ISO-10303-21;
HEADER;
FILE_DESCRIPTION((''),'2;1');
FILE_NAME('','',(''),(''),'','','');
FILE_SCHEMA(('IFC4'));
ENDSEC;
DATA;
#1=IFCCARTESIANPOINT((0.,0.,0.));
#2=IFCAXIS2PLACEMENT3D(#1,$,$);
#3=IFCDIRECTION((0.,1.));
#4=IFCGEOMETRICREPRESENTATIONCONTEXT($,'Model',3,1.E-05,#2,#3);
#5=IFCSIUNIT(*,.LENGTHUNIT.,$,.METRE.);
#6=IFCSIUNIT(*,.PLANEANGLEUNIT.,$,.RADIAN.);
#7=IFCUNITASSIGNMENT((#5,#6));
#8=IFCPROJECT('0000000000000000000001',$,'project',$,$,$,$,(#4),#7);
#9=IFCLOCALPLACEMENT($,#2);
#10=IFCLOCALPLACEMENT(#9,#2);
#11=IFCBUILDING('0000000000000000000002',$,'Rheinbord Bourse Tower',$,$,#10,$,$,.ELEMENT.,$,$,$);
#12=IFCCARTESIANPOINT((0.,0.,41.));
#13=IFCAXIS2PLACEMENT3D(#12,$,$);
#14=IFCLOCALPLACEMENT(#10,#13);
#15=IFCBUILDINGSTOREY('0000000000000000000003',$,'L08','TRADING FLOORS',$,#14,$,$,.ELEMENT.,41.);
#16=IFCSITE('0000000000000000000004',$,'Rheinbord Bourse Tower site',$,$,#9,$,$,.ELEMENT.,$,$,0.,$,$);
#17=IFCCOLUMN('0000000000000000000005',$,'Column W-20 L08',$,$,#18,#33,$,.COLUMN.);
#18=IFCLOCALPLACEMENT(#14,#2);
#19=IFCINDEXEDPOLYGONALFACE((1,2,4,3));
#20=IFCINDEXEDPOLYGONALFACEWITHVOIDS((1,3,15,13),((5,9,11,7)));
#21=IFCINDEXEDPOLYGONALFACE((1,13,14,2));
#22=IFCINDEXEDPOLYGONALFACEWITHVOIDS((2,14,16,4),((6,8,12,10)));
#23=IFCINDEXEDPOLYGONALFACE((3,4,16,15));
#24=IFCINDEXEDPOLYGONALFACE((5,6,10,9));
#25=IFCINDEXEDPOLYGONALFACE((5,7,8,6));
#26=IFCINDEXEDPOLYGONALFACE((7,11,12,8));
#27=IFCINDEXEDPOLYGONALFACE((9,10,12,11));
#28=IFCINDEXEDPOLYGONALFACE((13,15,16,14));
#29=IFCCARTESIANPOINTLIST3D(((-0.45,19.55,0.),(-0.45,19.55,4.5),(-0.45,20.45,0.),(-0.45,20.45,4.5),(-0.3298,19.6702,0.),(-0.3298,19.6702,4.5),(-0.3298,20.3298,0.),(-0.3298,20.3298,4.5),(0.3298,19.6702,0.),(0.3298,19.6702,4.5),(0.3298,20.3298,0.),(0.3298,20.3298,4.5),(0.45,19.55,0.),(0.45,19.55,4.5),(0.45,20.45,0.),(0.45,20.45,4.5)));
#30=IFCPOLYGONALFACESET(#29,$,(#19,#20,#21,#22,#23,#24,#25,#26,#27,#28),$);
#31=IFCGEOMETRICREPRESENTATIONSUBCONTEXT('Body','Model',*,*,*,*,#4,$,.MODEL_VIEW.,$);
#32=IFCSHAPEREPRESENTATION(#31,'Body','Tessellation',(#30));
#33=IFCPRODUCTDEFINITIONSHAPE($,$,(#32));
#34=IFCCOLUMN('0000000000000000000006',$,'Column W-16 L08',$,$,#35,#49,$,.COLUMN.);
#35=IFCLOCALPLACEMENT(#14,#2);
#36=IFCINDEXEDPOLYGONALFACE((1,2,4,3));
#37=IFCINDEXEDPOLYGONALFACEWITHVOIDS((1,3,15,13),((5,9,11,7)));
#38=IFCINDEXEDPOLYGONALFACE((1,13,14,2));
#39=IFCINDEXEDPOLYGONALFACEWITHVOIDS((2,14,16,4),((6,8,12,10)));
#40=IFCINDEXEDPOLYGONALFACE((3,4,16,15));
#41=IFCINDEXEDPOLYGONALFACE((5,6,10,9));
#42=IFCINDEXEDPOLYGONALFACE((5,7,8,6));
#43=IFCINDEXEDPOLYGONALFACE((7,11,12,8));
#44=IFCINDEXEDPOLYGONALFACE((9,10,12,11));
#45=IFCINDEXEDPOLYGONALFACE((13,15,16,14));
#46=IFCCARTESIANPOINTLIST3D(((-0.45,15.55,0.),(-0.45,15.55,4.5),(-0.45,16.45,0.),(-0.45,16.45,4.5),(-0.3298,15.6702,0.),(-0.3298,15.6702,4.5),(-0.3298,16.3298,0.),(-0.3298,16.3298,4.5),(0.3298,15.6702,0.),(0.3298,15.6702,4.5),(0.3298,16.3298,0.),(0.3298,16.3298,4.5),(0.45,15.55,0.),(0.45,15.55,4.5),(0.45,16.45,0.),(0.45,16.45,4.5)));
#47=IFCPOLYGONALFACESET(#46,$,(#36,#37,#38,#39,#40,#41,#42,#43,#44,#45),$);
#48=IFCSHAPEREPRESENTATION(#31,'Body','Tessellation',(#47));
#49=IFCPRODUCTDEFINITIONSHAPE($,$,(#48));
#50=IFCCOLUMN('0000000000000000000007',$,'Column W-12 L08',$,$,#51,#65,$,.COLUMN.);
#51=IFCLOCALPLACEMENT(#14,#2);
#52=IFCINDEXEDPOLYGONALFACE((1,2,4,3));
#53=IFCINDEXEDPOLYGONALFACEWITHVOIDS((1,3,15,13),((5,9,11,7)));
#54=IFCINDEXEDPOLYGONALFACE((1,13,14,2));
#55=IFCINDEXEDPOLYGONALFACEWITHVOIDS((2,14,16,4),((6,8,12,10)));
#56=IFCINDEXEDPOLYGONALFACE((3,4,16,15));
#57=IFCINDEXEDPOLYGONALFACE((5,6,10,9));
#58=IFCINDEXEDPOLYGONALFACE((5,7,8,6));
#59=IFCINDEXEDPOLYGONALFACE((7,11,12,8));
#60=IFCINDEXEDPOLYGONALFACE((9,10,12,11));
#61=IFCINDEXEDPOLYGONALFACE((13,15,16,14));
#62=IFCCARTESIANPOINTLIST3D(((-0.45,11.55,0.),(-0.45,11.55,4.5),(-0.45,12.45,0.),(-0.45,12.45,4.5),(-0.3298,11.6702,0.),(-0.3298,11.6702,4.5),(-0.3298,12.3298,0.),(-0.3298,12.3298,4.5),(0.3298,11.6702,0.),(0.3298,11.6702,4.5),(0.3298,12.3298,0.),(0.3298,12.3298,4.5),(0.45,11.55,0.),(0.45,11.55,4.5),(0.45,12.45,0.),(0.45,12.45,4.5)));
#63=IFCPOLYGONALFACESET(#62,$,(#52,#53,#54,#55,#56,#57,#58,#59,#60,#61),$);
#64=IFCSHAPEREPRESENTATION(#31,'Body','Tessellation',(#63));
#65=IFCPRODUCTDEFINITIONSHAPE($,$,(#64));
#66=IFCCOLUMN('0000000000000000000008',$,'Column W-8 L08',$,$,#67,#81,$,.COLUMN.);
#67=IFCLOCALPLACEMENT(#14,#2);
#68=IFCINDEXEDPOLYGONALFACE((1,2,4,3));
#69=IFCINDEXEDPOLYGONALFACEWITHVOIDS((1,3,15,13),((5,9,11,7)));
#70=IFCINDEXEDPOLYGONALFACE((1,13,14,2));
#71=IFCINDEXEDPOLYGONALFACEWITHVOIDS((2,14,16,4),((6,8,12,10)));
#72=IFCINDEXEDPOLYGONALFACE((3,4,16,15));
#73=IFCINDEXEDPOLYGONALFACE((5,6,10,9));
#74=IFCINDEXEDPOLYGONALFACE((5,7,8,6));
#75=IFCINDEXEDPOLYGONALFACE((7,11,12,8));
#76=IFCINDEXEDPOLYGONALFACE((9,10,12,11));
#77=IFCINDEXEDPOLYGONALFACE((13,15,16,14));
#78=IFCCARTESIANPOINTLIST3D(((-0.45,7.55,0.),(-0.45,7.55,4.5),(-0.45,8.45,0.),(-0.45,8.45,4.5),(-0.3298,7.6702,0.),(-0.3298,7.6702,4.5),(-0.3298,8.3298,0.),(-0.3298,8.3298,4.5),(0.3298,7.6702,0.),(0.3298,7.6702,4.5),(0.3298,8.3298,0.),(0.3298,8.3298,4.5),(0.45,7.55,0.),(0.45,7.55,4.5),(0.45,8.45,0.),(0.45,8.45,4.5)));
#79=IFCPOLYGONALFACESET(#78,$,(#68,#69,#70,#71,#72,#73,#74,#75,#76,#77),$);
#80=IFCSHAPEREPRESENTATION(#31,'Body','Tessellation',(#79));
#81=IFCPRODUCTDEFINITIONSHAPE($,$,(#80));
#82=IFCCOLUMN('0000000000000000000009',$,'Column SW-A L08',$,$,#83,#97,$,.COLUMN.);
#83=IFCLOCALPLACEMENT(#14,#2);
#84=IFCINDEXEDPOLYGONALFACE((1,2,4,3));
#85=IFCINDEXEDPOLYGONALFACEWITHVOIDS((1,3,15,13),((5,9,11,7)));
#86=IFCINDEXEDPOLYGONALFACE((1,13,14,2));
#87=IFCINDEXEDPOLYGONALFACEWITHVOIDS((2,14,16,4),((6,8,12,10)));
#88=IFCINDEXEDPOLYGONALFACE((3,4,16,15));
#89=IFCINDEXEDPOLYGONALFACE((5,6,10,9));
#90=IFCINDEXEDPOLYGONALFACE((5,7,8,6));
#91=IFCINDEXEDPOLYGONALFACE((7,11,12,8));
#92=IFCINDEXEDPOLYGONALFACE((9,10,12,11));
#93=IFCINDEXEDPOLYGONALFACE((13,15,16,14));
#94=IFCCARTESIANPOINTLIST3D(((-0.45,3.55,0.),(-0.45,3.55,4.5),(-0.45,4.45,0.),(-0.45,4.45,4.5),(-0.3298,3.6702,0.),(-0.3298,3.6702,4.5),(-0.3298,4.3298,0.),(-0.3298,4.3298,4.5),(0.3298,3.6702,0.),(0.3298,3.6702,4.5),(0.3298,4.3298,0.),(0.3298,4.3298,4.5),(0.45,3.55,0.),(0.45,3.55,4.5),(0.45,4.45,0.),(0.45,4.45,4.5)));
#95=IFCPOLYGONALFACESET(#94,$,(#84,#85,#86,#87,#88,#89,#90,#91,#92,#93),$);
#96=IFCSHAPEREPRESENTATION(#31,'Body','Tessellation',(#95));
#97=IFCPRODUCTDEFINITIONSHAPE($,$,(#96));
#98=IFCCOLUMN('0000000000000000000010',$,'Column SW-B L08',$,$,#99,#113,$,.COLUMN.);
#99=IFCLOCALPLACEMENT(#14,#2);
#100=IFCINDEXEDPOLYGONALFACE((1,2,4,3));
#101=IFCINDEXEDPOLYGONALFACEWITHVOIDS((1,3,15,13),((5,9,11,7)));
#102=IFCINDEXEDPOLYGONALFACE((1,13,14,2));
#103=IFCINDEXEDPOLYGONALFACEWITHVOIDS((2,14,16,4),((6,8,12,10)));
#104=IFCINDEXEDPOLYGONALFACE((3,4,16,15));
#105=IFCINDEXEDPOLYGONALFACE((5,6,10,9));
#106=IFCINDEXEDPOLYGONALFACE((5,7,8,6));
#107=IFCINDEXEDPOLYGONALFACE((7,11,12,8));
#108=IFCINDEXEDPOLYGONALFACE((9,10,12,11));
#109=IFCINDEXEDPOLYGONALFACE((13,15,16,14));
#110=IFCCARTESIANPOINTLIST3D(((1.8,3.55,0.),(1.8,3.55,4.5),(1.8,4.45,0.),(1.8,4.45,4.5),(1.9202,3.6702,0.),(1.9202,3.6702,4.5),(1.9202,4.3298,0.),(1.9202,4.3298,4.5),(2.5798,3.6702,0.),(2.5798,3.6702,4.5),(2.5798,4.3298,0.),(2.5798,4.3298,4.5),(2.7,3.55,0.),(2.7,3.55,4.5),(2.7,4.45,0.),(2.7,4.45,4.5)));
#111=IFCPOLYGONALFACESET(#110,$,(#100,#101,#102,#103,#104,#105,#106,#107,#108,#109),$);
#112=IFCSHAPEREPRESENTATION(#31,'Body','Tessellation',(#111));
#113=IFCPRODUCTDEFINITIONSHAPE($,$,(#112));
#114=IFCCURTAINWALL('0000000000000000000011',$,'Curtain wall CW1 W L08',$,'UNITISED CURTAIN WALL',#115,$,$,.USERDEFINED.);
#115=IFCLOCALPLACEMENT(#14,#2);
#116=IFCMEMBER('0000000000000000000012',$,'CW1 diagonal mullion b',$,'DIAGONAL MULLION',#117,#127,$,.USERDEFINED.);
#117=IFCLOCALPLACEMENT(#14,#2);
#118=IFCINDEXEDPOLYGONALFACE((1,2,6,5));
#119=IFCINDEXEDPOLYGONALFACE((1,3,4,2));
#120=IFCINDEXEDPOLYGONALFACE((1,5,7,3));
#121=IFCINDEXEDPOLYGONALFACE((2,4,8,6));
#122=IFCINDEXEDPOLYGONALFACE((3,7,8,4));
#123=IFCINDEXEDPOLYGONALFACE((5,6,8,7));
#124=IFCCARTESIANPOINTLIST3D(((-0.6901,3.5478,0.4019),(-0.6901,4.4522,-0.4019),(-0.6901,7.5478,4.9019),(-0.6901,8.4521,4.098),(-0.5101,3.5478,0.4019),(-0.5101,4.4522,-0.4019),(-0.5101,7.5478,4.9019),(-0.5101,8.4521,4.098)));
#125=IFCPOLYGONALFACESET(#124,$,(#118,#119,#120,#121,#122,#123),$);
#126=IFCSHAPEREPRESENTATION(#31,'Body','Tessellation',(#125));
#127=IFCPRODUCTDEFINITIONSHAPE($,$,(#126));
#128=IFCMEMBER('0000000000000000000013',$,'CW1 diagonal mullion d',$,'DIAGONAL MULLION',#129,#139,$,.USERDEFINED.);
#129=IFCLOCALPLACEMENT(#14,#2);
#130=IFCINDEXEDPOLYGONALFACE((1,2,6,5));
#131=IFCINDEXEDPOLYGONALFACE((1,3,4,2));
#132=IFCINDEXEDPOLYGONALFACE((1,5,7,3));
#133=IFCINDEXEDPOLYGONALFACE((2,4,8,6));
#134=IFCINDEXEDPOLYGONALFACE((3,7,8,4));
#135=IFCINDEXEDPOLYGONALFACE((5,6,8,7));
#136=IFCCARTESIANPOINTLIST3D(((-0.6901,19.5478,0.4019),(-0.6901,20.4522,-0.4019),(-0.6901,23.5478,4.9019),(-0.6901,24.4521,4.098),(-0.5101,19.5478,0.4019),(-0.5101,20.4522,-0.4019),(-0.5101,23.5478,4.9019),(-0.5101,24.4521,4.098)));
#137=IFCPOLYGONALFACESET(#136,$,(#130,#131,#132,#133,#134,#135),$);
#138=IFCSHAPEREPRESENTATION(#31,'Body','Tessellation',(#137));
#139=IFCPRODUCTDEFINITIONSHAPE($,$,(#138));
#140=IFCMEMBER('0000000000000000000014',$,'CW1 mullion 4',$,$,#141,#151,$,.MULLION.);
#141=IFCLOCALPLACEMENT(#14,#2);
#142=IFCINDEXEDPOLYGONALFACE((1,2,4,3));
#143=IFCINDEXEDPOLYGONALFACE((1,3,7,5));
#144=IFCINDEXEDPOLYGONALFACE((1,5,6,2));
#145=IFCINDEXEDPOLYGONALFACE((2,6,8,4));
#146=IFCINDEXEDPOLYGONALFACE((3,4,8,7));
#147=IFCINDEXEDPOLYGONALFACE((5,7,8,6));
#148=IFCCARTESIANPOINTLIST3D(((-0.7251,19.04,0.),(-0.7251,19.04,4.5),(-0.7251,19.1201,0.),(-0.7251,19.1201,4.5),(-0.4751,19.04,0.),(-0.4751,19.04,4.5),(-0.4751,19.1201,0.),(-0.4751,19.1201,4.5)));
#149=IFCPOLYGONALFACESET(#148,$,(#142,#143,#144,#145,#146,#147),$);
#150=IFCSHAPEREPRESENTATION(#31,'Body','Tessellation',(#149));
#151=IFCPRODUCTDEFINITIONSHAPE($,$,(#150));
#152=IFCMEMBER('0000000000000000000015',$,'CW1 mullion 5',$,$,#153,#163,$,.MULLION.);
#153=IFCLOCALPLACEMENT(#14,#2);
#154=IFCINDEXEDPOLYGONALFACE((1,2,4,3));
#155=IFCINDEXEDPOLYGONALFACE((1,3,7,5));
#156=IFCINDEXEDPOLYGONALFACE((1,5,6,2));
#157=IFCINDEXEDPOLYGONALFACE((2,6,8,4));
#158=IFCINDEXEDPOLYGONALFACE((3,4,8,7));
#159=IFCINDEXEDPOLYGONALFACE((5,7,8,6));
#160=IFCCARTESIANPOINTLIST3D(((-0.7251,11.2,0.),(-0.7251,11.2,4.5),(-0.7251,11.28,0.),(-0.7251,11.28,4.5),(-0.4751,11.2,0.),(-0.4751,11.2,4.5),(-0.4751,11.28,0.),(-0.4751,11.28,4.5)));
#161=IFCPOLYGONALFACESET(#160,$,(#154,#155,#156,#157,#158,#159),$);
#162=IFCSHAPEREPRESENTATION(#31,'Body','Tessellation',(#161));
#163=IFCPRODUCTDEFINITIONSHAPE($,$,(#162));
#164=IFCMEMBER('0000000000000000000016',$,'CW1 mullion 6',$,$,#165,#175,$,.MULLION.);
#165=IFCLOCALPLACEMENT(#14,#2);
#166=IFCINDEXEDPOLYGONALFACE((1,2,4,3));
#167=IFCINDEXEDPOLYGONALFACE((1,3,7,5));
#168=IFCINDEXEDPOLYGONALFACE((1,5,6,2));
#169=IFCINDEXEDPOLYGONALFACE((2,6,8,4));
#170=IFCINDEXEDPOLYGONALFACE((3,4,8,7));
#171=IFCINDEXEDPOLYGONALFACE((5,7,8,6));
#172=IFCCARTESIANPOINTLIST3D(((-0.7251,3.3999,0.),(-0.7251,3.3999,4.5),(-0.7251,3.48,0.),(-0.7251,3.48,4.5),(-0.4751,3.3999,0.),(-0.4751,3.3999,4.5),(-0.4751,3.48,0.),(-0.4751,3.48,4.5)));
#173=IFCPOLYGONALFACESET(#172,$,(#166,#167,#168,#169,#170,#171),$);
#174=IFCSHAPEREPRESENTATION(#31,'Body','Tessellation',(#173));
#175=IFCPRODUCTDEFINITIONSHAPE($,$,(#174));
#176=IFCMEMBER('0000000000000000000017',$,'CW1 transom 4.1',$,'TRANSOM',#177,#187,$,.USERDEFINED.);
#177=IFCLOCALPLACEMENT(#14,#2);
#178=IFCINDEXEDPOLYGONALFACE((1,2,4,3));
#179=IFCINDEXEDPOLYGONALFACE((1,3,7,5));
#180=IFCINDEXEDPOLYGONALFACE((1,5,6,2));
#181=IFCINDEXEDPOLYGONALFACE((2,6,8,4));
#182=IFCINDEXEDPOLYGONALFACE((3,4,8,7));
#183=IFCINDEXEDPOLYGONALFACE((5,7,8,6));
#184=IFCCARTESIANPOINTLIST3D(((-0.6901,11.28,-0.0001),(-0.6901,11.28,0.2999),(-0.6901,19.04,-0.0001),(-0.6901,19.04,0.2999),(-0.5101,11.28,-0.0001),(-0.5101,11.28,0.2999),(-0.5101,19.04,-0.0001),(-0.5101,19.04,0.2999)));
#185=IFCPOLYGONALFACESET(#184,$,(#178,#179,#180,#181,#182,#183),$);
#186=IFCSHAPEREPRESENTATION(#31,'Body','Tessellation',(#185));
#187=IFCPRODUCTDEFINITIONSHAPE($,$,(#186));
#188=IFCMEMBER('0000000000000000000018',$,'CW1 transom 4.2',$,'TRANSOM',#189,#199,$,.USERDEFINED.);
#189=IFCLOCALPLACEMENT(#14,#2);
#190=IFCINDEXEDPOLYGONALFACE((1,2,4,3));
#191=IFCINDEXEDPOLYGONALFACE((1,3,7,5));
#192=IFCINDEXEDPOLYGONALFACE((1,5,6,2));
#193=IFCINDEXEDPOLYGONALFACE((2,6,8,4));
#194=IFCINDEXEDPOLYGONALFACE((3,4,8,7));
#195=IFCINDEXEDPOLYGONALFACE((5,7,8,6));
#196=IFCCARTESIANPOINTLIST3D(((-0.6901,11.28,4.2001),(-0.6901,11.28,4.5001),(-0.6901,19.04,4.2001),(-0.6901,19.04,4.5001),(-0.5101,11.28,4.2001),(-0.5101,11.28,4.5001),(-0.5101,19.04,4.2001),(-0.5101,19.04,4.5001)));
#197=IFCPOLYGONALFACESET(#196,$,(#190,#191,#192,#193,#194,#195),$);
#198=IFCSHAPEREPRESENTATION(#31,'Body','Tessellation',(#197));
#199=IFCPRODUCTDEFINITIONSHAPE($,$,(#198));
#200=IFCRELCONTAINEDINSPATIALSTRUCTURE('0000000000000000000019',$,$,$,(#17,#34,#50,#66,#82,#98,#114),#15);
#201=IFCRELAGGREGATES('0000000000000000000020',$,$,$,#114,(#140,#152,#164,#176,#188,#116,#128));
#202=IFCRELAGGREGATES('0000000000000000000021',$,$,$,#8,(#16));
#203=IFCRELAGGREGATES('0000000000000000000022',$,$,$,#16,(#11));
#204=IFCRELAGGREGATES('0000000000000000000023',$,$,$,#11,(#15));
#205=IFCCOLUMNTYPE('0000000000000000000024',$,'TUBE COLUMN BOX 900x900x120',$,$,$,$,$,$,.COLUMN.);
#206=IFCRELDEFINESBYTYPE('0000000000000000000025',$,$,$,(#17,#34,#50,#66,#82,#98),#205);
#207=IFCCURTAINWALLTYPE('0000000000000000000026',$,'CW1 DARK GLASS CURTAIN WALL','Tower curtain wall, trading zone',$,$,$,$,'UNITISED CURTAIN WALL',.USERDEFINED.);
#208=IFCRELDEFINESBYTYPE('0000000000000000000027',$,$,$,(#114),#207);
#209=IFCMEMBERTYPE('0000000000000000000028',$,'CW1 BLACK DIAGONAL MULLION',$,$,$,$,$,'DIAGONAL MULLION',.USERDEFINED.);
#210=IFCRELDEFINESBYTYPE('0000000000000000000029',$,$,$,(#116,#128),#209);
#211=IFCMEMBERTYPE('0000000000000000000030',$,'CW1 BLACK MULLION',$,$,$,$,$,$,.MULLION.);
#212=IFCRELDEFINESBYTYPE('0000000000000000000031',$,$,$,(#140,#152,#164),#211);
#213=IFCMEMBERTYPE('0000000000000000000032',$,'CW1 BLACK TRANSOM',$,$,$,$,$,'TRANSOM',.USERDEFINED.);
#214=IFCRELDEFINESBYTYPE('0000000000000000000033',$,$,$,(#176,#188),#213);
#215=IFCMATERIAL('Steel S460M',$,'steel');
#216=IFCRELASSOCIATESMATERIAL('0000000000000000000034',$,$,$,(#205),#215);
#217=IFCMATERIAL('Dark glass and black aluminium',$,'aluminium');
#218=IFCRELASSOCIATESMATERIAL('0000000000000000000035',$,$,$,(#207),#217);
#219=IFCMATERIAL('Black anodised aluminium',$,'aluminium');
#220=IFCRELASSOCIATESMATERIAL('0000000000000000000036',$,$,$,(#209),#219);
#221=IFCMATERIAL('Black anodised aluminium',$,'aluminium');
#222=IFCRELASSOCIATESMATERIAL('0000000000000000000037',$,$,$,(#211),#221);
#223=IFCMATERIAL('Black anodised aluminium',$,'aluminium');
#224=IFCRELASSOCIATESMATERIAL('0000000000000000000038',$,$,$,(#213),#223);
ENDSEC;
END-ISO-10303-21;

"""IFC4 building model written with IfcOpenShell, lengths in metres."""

from ifc_helpers import new_model, si_unit, direction, frame, origin, origin_2d, place, context, subcontext, project, spatial, rectangle, hollow_rectangle, extrude, material, material_profile, profile_set, type_object, element, aggregate, save


model = new_model("IFC4")

# Units and contexts
model_context = context("Model", 3, precision=1e-05, world=origin(), true_north=direction((0.0, 1.0)))
body_context = subcontext(model_context, "Body", "Model", "MODEL_VIEW")
ifc_project = project(units=[si_unit("LENGTHUNIT", "METRE"), si_unit("PLANEANGLEUNIT", "RADIAN")], contexts=[model_context])

# Site, building, storey
site_placement = place(None, origin())
site = spatial("IfcSite", under=ifc_project, at=site_placement, Name="Rheinbord Bourse Tower site", CompositionType="ELEMENT", RefElevation=0.0)
building_placement = place(site_placement, origin())
building = spatial("IfcBuilding", under=site, at=building_placement, Name="Rheinbord Bourse Tower", CompositionType="ELEMENT")
storey_placement = place(building_placement, frame((0.0, 0.0, 41.0)))
storey = spatial("IfcBuildingStorey", under=building, at=storey_placement, Name="L08", Description="TRADING FLOORS", CompositionType="ELEMENT", Elevation=41.0)

# Columns
ifc_material_1 = material(Name="Steel S460M", Category="steel")
ifc_material_profile_1 = material_profile(ifc_material_1, hollow_rectangle(XDim=0.8999, YDim=0.8999, WallThickness=0.1201, at=origin_2d()), Name="BOX 900x900x120")
ifc_profile_set_1 = profile_set([ifc_material_profile_1], Name="Steel S460M")
column_type = type_object("IfcColumnType", Name="TUBE COLUMN BOX 900x900x120", PredefinedType="COLUMN", material=ifc_profile_set_1)
for number, where, z_axis, x_axis, name in (
    (1, (0.0, 20.0, 0.0), (0.0, 0.0, 1.0), (1.0, 0.0, 0.0), "Column W-20 L08"),
    (2, (0.0, 16.0, 0.0), (0.0, 0.0, 1.0), (1.0, 0.0, 0.0), "Column W-16 L08"),
    (3, (0.0, 12.0, 0.0), (0.0, 0.0, 1.0), (1.0, 0.0, 0.0), "Column W-12 L08"),
    (4, (0.0, 8.0, 0.0), (0.0, 0.0, 1.0), (1.0, 0.0, 0.0), "Column W-8 L08"),
    (5, (0.0, 4.0, 0.0), (0.0, 0.0, 1.0), (1.0, 0.0, 0.0), "Column SW-A L08"),
    (6, (2.25, 4.0, 0.0), (0.0, 0.0, 1.0), (1.0, 0.0, 0.0), "Column SW-B L08"),
):
    element("IfcColumn", number, at=place(storey_placement, frame(where, z_axis=z_axis, x_axis=x_axis)), inside=storey, type_object=column_type, Name=name, PredefinedType="COLUMN", context=body_context, shape_type="SweptSolid", body=[
        extrude(hollow_rectangle(XDim=0.8999, YDim=0.8999, WallThickness=0.1201, at=origin_2d()), origin(), (0.0, 0.0, 1.0), 4.5),
    ])

# Curtain wall, members
ifc_material_2 = material(Name="Dark glass and black aluminium", Category="aluminium")
curtain_wall_type = type_object("IfcCurtainWallType", Name="CW1 DARK GLASS CURTAIN WALL", Description="Tower curtain wall, trading zone", ElementType="UNITISED CURTAIN WALL", PredefinedType="USERDEFINED", material=ifc_material_2)
curtain_wall_placement = place(storey_placement, origin())
curtain_wall = element("IfcCurtainWall", 7, at=curtain_wall_placement, inside=storey, type_object=curtain_wall_type, Name="Curtain wall CW1 W L08", ObjectType="UNITISED CURTAIN WALL", PredefinedType="USERDEFINED")
ifc_material_3 = material(Name="Black anodised aluminium", Category="aluminium")
ifc_material_profile_2 = material_profile(ifc_material_3, rectangle(XDim=0.1799, YDim=1.21, at=origin_2d()), Name="CW1 DIAGONAL MULLION 1210x180")
ifc_profile_set_2 = profile_set([ifc_material_profile_2], Name="Black anodised aluminium")
member_type_1 = type_object("IfcMemberType", Name="CW1 BLACK DIAGONAL MULLION", ElementType="DIAGONAL MULLION", PredefinedType="USERDEFINED", material=ifc_profile_set_2)
member_1_placement = place(storey_placement, frame((-0.6001, 4.0, 0.0), z_axis=(0.0, 0.664364, 0.747409), x_axis=(-1.0, 0.0, 0.0)))
member_1 = element("IfcMember", 8, at=member_1_placement, type_object=member_type_1, Name="CW1 diagonal mullion b", ObjectType="DIAGONAL MULLION", PredefinedType="USERDEFINED", context=body_context, shape_type="SweptSolid", body=[
    extrude(rectangle(XDim=0.1799, YDim=1.21, at=origin_2d()), origin(), (0.0, 0.0, 1.0), 6.0208),
])
member_2_placement = place(storey_placement, frame((-0.6001, 20.0, 0.0), z_axis=(0.0, 0.664364, 0.747409), x_axis=(-1.0, 0.0, 0.0)))
member_2 = element("IfcMember", 9, at=member_2_placement, type_object=member_type_1, Name="CW1 diagonal mullion d", ObjectType="DIAGONAL MULLION", PredefinedType="USERDEFINED", context=body_context, shape_type="SweptSolid", body=[
    extrude(rectangle(XDim=0.1799, YDim=1.21, at=origin_2d()), origin(), (0.0, 0.0, 1.0), 6.0208),
])
ifc_material_4 = material(Name="Black anodised aluminium", Category="aluminium")
ifc_material_profile_3 = material_profile(ifc_material_4, rectangle(XDim=0.25, YDim=0.0801, at=origin_2d()), Name="CW1 MULLION 80x250")
ifc_profile_set_3 = profile_set([ifc_material_profile_3], Name="Black anodised aluminium")
member_type_2 = type_object("IfcMemberType", Name="CW1 BLACK MULLION", PredefinedType="MULLION", material=ifc_profile_set_3)
member_3_placement = place(storey_placement, frame((-0.6001, 19.0801, 0.0), z_axis=(0.0, 0.0, 1.0), x_axis=(1.0, 0.0, 0.0)))
member_3 = element("IfcMember", 10, at=member_3_placement, type_object=member_type_2, Name="CW1 mullion 4", PredefinedType="MULLION", context=body_context, shape_type="SweptSolid", body=[
    extrude(rectangle(XDim=0.25, YDim=0.0801, at=origin_2d()), origin(), (0.0, 0.0, 1.0), 4.5),
])
member_4_placement = place(storey_placement, frame((-0.6001, 11.24, 0.0), z_axis=(0.0, 0.0, 1.0), x_axis=(1.0, 0.0, 0.0)))
member_4 = element("IfcMember", 11, at=member_4_placement, type_object=member_type_2, Name="CW1 mullion 5", PredefinedType="MULLION", context=body_context, shape_type="SweptSolid", body=[
    extrude(rectangle(XDim=0.25, YDim=0.0801, at=origin_2d()), origin(), (0.0, 0.0, 1.0), 4.5),
])
member_5_placement = place(storey_placement, frame((-0.6001, 3.4399, 0.0), z_axis=(0.0, 0.0, 1.0), x_axis=(1.0, 0.0, 0.0)))
member_5 = element("IfcMember", 12, at=member_5_placement, type_object=member_type_2, Name="CW1 mullion 6", PredefinedType="MULLION", context=body_context, shape_type="SweptSolid", body=[
    extrude(rectangle(XDim=0.25, YDim=0.0801, at=origin_2d()), origin(), (0.0, 0.0, 1.0), 4.5),
])
ifc_material_5 = material(Name="Black anodised aluminium", Category="aluminium")
ifc_material_profile_4 = material_profile(ifc_material_5, rectangle(XDim=0.1799, YDim=0.3, at=origin_2d()), Name="CW1 TRANSOM 300x180")
ifc_profile_set_4 = profile_set([ifc_material_profile_4], Name="Black anodised aluminium")
member_type_3 = type_object("IfcMemberType", Name="CW1 BLACK TRANSOM", ElementType="TRANSOM", PredefinedType="USERDEFINED", material=ifc_profile_set_4)
member_6_placement = place(storey_placement, frame((-0.6001, 19.04, 0.1499), z_axis=(0.0, -1.0, 0.0), x_axis=(1.0, 0.0, 0.0)))
member_6 = element("IfcMember", 13, at=member_6_placement, type_object=member_type_3, Name="CW1 transom 4.1", ObjectType="TRANSOM", PredefinedType="USERDEFINED", context=body_context, shape_type="SweptSolid", body=[
    extrude(rectangle(XDim=0.1799, YDim=0.3, at=origin_2d()), origin(), (0.0, 0.0, 1.0), 7.76),
])
member_7_placement = place(storey_placement, frame((-0.6001, 19.04, 4.3501), z_axis=(0.0, -1.0, 0.0), x_axis=(1.0, 0.0, 0.0)))
member_7 = element("IfcMember", 14, at=member_7_placement, type_object=member_type_3, Name="CW1 transom 4.2", ObjectType="TRANSOM", PredefinedType="USERDEFINED", context=body_context, shape_type="SweptSolid", body=[
    extrude(rectangle(XDim=0.1799, YDim=0.3, at=origin_2d()), origin(), (0.0, 0.0, 1.0), 7.76),
])

aggregate(curtain_wall, [member_3, member_4, member_5, member_6, member_7, member_1, member_2])

save(model, "model.ifc")
